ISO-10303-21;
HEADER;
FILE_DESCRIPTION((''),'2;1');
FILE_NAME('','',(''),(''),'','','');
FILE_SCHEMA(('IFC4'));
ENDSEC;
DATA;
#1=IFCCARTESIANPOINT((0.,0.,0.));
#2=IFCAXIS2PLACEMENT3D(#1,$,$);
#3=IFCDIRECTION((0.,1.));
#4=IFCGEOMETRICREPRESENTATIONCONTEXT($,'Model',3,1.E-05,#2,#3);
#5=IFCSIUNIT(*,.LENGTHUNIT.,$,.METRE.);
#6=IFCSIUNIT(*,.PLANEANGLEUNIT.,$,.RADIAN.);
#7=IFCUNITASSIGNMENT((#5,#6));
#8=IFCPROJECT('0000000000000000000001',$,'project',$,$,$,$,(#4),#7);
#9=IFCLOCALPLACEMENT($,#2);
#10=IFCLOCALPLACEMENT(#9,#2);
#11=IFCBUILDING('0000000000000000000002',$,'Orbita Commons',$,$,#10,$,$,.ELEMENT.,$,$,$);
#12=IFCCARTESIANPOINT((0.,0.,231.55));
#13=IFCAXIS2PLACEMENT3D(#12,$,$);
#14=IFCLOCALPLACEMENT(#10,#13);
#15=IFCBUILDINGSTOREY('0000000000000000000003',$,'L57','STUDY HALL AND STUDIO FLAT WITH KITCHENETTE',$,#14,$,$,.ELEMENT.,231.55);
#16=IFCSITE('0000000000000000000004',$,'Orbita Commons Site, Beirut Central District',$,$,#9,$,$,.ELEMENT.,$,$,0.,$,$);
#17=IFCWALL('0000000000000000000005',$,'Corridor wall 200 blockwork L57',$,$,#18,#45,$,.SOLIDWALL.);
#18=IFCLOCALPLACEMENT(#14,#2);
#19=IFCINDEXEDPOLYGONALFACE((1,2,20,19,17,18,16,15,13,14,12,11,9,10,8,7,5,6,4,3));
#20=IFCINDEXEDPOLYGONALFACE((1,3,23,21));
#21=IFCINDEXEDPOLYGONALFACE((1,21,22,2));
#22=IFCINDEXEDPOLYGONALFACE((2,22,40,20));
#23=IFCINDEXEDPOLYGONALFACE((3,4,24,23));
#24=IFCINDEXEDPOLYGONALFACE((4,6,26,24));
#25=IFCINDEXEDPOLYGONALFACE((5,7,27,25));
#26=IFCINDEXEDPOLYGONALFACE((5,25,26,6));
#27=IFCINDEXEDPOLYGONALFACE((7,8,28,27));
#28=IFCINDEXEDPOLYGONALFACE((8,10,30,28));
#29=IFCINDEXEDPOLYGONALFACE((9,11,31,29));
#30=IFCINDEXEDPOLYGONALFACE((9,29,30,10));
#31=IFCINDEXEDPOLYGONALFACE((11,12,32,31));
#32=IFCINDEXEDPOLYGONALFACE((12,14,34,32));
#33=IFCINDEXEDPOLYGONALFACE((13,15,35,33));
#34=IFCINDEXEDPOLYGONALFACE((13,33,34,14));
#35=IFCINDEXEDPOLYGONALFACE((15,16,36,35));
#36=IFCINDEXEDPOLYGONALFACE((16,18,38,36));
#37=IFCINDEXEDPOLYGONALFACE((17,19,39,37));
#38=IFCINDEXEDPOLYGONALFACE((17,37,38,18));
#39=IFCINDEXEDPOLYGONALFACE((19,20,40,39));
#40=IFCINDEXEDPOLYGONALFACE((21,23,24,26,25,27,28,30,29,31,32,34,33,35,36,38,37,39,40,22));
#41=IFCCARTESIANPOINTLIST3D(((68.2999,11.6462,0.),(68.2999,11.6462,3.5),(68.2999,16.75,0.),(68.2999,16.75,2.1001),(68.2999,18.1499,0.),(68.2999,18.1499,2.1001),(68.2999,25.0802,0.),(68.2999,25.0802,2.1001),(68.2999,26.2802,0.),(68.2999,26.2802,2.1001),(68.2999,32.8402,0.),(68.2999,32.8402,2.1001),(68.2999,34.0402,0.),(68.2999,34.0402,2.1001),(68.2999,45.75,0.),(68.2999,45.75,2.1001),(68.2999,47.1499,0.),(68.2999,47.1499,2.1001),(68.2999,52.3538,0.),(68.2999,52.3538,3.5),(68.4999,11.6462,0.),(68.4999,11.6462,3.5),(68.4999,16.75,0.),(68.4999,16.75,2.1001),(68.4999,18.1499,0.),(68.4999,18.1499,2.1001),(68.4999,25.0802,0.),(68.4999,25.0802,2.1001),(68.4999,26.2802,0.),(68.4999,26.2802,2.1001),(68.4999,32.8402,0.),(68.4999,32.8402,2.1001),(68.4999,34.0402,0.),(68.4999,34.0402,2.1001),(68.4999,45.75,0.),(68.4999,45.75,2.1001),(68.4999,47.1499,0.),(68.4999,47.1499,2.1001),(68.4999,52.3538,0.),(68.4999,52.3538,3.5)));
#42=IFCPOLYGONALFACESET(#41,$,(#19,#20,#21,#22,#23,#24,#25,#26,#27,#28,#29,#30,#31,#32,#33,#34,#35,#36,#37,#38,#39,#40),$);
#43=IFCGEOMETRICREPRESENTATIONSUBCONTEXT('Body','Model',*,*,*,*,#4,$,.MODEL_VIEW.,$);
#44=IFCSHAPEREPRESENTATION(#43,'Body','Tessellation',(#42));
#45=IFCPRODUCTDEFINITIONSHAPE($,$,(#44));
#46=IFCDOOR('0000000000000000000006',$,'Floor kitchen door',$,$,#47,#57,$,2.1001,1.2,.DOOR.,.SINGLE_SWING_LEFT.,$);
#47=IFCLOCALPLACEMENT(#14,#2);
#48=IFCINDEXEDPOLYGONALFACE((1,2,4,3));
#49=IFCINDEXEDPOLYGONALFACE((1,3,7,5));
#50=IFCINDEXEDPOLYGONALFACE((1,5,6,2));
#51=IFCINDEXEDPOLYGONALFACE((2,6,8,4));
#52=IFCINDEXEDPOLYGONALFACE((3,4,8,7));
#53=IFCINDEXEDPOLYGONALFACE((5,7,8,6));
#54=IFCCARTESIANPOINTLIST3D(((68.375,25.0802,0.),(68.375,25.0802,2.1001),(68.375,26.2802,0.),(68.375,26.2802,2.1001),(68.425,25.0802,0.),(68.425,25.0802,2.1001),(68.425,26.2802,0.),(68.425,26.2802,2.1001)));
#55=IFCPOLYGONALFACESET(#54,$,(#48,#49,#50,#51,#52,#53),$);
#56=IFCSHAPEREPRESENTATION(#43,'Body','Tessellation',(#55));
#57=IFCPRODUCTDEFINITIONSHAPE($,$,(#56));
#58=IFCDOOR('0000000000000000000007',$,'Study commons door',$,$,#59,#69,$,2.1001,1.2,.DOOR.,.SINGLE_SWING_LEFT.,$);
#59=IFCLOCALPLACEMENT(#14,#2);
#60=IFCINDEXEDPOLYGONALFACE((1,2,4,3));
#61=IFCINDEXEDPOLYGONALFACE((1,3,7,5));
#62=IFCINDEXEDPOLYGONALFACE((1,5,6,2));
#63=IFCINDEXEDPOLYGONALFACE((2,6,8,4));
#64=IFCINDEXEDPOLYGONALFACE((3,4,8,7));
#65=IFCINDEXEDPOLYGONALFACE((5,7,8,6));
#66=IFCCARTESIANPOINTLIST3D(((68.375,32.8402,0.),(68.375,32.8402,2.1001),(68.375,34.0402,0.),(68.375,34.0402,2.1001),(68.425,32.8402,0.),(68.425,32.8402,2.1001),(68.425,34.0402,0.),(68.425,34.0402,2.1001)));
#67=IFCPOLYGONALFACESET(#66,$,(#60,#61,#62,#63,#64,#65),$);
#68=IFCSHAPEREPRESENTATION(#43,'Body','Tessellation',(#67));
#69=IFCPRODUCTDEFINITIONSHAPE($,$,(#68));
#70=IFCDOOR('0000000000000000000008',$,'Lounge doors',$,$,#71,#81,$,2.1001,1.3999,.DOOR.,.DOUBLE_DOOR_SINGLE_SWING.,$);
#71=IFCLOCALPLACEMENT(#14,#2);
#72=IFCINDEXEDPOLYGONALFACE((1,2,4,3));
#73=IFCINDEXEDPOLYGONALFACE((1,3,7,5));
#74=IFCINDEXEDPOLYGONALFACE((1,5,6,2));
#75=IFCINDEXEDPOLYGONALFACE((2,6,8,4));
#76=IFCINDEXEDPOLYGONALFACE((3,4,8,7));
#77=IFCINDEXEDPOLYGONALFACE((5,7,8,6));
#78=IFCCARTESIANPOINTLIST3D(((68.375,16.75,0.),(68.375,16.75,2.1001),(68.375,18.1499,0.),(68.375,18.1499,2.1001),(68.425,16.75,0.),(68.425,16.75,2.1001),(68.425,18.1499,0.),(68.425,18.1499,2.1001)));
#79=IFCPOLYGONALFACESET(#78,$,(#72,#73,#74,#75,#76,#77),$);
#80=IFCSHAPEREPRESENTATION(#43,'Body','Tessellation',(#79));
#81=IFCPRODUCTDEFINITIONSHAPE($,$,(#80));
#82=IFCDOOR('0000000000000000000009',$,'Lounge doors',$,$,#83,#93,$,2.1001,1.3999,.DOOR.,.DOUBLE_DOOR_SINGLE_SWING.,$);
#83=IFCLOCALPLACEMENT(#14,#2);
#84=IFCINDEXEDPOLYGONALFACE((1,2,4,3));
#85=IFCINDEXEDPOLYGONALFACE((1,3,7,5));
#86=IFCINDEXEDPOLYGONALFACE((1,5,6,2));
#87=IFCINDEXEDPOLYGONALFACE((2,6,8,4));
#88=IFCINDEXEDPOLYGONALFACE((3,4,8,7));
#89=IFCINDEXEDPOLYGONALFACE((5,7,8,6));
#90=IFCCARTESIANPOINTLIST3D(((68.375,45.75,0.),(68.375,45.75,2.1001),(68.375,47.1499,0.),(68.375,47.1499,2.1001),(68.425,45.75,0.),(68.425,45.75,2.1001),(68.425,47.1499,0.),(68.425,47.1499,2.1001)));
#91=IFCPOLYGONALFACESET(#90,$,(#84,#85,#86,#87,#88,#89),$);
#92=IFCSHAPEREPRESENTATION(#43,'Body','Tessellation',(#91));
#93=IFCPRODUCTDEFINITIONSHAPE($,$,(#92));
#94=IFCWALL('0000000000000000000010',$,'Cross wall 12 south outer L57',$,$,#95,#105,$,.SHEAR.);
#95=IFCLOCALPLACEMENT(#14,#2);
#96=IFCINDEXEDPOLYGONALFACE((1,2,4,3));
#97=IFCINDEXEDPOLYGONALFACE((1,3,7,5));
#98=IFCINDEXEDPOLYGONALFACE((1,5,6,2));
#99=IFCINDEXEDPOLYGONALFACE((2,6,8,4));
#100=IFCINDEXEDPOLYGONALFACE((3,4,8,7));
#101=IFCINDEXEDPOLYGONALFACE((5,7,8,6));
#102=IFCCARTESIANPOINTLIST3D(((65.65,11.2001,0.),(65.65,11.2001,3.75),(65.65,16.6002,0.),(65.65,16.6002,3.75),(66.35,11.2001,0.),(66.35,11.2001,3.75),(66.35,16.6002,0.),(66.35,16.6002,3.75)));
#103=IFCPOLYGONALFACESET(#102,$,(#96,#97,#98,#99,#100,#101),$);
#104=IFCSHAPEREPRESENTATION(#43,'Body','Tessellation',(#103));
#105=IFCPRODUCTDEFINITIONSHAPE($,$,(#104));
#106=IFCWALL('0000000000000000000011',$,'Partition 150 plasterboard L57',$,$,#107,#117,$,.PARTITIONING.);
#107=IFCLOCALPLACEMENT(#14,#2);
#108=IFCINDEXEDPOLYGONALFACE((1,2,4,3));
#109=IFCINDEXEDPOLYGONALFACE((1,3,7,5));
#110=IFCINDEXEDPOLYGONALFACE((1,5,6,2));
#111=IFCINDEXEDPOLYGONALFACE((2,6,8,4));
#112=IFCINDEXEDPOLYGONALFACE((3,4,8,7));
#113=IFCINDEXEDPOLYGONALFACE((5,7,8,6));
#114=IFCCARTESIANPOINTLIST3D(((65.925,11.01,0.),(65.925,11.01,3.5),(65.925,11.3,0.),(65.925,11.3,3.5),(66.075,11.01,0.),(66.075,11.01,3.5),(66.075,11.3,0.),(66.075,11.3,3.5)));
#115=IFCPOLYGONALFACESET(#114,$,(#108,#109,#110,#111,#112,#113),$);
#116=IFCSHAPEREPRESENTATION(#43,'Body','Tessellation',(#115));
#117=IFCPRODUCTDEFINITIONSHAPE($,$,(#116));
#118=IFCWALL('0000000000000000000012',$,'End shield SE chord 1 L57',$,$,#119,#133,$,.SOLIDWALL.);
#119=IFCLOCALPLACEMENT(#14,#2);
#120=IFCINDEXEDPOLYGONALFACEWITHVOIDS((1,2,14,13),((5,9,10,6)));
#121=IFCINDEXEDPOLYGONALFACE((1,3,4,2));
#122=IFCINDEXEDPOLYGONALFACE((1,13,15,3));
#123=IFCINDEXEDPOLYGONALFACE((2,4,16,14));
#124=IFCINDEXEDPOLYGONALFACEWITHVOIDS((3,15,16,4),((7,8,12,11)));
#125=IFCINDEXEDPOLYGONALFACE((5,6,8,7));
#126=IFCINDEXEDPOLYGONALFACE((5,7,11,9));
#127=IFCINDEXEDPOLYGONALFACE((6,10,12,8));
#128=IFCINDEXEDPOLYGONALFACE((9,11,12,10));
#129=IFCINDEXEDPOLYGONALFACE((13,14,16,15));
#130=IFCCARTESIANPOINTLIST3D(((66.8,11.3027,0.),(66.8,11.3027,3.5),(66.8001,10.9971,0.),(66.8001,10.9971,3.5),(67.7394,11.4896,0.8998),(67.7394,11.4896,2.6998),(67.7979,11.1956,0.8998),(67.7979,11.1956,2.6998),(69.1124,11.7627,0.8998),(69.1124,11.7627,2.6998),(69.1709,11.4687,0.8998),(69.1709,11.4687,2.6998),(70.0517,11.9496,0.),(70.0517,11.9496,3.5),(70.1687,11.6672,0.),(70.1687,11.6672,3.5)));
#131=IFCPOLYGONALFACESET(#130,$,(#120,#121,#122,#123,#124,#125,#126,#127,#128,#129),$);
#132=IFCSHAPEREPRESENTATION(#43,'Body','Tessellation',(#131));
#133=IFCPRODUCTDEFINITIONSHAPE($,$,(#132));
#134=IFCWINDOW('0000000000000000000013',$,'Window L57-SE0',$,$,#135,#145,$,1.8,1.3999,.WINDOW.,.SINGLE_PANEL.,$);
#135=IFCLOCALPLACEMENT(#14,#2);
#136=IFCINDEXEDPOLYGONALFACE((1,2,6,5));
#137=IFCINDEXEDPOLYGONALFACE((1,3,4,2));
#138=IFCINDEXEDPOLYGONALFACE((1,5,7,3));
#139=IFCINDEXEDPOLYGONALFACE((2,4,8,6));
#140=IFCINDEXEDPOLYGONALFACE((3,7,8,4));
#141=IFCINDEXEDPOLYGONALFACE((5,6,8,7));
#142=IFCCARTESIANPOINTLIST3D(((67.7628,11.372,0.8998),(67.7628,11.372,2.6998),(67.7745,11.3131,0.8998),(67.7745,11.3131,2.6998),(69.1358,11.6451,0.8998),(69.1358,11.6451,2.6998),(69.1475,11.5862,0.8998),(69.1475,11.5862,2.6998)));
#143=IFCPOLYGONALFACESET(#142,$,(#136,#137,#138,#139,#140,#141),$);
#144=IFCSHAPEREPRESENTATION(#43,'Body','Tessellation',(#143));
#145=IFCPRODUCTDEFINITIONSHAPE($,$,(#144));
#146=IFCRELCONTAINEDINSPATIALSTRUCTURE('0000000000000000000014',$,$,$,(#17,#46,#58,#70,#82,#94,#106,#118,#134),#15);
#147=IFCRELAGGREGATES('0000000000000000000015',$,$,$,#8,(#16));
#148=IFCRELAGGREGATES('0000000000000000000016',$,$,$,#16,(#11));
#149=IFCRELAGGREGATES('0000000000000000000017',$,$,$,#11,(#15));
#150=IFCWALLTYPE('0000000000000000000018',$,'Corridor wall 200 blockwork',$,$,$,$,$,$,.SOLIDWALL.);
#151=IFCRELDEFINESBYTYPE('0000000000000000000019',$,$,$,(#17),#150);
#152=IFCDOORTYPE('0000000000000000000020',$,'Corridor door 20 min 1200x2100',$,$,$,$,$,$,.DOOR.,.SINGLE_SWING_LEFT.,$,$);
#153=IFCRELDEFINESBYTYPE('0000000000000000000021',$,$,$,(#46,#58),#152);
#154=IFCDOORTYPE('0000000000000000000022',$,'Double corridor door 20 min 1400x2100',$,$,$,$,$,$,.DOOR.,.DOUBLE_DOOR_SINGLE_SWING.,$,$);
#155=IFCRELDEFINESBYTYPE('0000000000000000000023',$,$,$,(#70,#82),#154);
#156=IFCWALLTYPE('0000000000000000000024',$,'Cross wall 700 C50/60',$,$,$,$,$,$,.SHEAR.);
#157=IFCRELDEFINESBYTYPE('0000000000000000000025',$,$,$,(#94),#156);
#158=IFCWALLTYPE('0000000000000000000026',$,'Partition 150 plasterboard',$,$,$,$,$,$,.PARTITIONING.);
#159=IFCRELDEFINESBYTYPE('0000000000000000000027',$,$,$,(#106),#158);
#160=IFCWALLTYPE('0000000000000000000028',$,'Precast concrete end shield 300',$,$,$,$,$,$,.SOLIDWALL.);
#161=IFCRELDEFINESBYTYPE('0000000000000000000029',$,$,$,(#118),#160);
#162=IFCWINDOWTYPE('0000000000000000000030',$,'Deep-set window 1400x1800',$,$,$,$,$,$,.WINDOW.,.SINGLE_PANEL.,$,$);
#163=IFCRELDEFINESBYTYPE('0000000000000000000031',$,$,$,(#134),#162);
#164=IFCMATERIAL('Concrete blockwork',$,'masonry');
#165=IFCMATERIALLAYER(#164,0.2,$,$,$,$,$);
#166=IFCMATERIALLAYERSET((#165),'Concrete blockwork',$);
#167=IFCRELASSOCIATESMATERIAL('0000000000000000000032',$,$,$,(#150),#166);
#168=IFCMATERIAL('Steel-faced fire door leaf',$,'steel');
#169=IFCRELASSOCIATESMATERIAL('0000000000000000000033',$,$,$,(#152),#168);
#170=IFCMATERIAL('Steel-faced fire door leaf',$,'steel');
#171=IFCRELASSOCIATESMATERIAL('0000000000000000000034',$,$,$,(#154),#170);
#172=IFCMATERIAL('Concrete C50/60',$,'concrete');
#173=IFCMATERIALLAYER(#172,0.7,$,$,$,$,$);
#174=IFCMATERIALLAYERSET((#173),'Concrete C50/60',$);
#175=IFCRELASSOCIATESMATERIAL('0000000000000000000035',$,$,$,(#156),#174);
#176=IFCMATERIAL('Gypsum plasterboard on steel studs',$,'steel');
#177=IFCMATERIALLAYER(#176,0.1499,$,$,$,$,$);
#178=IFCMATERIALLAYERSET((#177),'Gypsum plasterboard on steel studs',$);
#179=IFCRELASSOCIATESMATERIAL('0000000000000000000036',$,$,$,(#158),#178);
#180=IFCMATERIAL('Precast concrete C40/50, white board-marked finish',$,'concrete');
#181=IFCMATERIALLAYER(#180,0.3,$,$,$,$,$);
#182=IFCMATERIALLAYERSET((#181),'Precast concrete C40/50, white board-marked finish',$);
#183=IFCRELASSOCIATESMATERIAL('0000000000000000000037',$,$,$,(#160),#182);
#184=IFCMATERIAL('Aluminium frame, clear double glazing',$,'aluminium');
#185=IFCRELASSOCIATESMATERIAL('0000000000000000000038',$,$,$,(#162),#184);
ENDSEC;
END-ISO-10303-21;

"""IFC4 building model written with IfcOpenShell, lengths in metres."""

from ifc_helpers import new_model, si_unit, direction, frame, frame_2d, origin, place, context, subcontext, project, spatial, polyline, rectangle, outline, extrude, material, layer, layer_set, type_object, element, fill, save


model = new_model("IFC4")

# Units and contexts
model_context = context("Model", 3, precision=1e-05, world=origin(), true_north=direction((0.0, 1.0)))
body_context = subcontext(model_context, "Body", "Model", "MODEL_VIEW")
ifc_project = project(units=[si_unit("LENGTHUNIT", "METRE"), si_unit("PLANEANGLEUNIT", "RADIAN")], contexts=[model_context])

# Site, building, storey
site_placement = place(None, origin())
site = spatial("IfcSite", under=ifc_project, at=site_placement, Name="Orbita Commons Site, Beirut Central District", CompositionType="ELEMENT", RefElevation=0.0)
building_placement = place(site_placement, origin())
building = spatial("IfcBuilding", under=site, at=building_placement, Name="Orbita Commons", CompositionType="ELEMENT")
storey_placement = place(building_placement, frame((0.0, 0.0, 231.55)))
storey = spatial("IfcBuildingStorey", under=building, at=storey_placement, Name="L57", Description="STUDY HALL AND STUDIO FLAT WITH KITCHENETTE", CompositionType="ELEMENT", Elevation=231.55)

# Wall, openings, doors
ifc_material_1 = material(Name="Concrete blockwork", Category="masonry")
ifc_layer_1 = layer(ifc_material_1, 0.2)
ifc_layer_set_1 = layer_set([ifc_layer_1], Name="Concrete blockwork")
wall_type_1 = type_object("IfcWallType", Name="Corridor wall 200 blockwork", PredefinedType="SOLIDWALL", material=ifc_layer_set_1)
wall_1_placement = place(storey_placement, frame((68.3999, 11.6462, 0.0), z_axis=(0.0, 0.0, 1.0), x_axis=(0.0, 1.0, 0.0)))
wall_1 = element("IfcWall", 1, at=wall_1_placement, inside=storey, type_object=wall_type_1, Name="Corridor wall 200 blockwork L57", PredefinedType="SOLIDWALL", context=body_context, shape_type="SweptSolid", body=[
    extrude(rectangle(XDim=40.7075, YDim=0.2, at=frame_2d((20.3538, 0.0))), origin(), (0.0, 0.0, 1.0), 3.5),
])
opening_1_placement = place(wall_1_placement, frame((13.4338, 0.0, 0.0)))
opening_1 = element("IfcOpeningElement", 2, at=opening_1_placement, cuts=wall_1, PredefinedType="OPENING", context=body_context, shape_type="SweptSolid", body=[
    extrude(rectangle(XDim=1.2, YDim=2.1001, at=frame_2d((0.6001, 1.05))), frame((0.0, 0.1099, 0.0), z_axis=(0.0, -1.0, 0.0), x_axis=(1.0, 0.0, 0.0)), (0.0, 0.0, 1.0), 0.22),
])
opening_2_placement = place(wall_1_placement, frame((21.1938, 0.0, 0.0)))
opening_2 = element("IfcOpeningElement", 3, at=opening_2_placement, cuts=wall_1, PredefinedType="OPENING", context=body_context, shape_type="SweptSolid", body=[
    extrude(rectangle(XDim=1.2, YDim=2.1001, at=frame_2d((0.6001, 1.05))), frame((0.0, 0.1099, 0.0), z_axis=(0.0, -1.0, 0.0), x_axis=(1.0, 0.0, 0.0)), (0.0, 0.0, 1.0), 0.22),
])
opening_3_placement = place(wall_1_placement, frame((5.1038, 0.0, 0.0)))
opening_3 = element("IfcOpeningElement", 4, at=opening_3_placement, cuts=wall_1, PredefinedType="OPENING", context=body_context, shape_type="SweptSolid", body=[
    extrude(rectangle(XDim=1.3999, YDim=2.1001, at=frame_2d((0.7, 1.05))), frame((0.0, 0.1099, 0.0), z_axis=(0.0, -1.0, 0.0), x_axis=(1.0, 0.0, 0.0)), (0.0, 0.0, 1.0), 0.22),
])
opening_4_placement = place(wall_1_placement, frame((34.1038, 0.0, 0.0)))
opening_4 = element("IfcOpeningElement", 5, at=opening_4_placement, cuts=wall_1, PredefinedType="OPENING", context=body_context, shape_type="SweptSolid", body=[
    extrude(rectangle(XDim=1.3999, YDim=2.1001, at=frame_2d((0.7, 1.05))), frame((0.0, 0.1099, 0.0), z_axis=(0.0, -1.0, 0.0), x_axis=(1.0, 0.0, 0.0)), (0.0, 0.0, 1.0), 0.22),
])
ifc_material_2 = material(Name="Steel-faced fire door leaf", Category="steel")
door_type_1 = type_object("IfcDoorType", Name="Corridor door 20 min 1200x2100", OperationType="SINGLE_SWING_LEFT", PredefinedType="DOOR", material=ifc_material_2)
door_1_placement = place(opening_1_placement, origin())
door_1 = element("IfcDoor", 6, at=door_1_placement, inside=storey, type_object=door_type_1, Name="Floor kitchen door", OperationType="SINGLE_SWING_LEFT", OverallHeight=2.1001, OverallWidth=1.2, PredefinedType="DOOR", context=body_context, shape_type="SweptSolid", body=[
    extrude(rectangle(XDim=1.2, YDim=2.1001, at=frame_2d((0.6001, 1.05))), frame((0.0, 0.0249, 0.0), z_axis=(0.0, -1.0, 0.0), x_axis=(1.0, 0.0, 0.0)), (0.0, 0.0, 1.0), 0.05),
])
fill(opening_1, door_1)
door_2_placement = place(opening_2_placement, origin())
door_2 = element("IfcDoor", 7, at=door_2_placement, inside=storey, type_object=door_type_1, Name="Study commons door", OperationType="SINGLE_SWING_LEFT", OverallHeight=2.1001, OverallWidth=1.2, PredefinedType="DOOR", context=body_context, shape_type="SweptSolid", body=[
    extrude(rectangle(XDim=1.2, YDim=2.1001, at=frame_2d((0.6001, 1.05))), frame((0.0, 0.0249, 0.0), z_axis=(0.0, -1.0, 0.0), x_axis=(1.0, 0.0, 0.0)), (0.0, 0.0, 1.0), 0.05),
])
fill(opening_2, door_2)
ifc_material_3 = material(Name="Steel-faced fire door leaf", Category="steel")
door_type_2 = type_object("IfcDoorType", Name="Double corridor door 20 min 1400x2100", OperationType="DOUBLE_DOOR_SINGLE_SWING", PredefinedType="DOOR", material=ifc_material_3)
door_3_placement = place(opening_3_placement, origin())
door_3 = element("IfcDoor", 8, at=door_3_placement, inside=storey, type_object=door_type_2, Name="Lounge doors", OperationType="DOUBLE_DOOR_SINGLE_SWING", OverallHeight=2.1001, OverallWidth=1.3999, PredefinedType="DOOR", context=body_context, shape_type="SweptSolid", body=[
    extrude(rectangle(XDim=1.3999, YDim=2.1001, at=frame_2d((0.7, 1.05))), frame((0.0, 0.0249, 0.0), z_axis=(0.0, -1.0, 0.0), x_axis=(1.0, 0.0, 0.0)), (0.0, 0.0, 1.0), 0.05),
])
fill(opening_3, door_3)
door_4_placement = place(opening_4_placement, origin())
door_4 = element("IfcDoor", 9, at=door_4_placement, inside=storey, type_object=door_type_2, Name="Lounge doors", OperationType="DOUBLE_DOOR_SINGLE_SWING", OverallHeight=2.1001, OverallWidth=1.3999, PredefinedType="DOOR", context=body_context, shape_type="SweptSolid", body=[
    extrude(rectangle(XDim=1.3999, YDim=2.1001, at=frame_2d((0.7, 1.05))), frame((0.0, 0.0249, 0.0), z_axis=(0.0, -1.0, 0.0), x_axis=(1.0, 0.0, 0.0)), (0.0, 0.0, 1.0), 0.05),
])
fill(opening_4, door_4)

# Walls
ifc_material_4 = material(Name="Concrete C50/60", Category="concrete")
ifc_layer_2 = layer(ifc_material_4, 0.7)
ifc_layer_set_2 = layer_set([ifc_layer_2], Name="Concrete C50/60")
wall_type_2 = type_object("IfcWallType", Name="Cross wall 700 C50/60", PredefinedType="SHEAR", material=ifc_layer_set_2)
wall_2_placement = place(storey_placement, frame((66.0, 11.2, 0.0), z_axis=(0.0, 0.0, 1.0), x_axis=(0.0, 1.0, 0.0)))
element("IfcWall", 10, at=wall_2_placement, inside=storey, type_object=wall_type_2, Name="Cross wall 12 south outer L57", PredefinedType="SHEAR", context=body_context, shape_type="SweptSolid", body=[
    extrude(rectangle(XDim=5.4001, YDim=0.7, at=frame_2d((2.7002, 0.0))), origin(), (0.0, 0.0, 1.0), 3.75),
])
ifc_material_5 = material(Name="Gypsum plasterboard on steel studs", Category="steel")
ifc_layer_3 = layer(ifc_material_5, 0.1499)
ifc_layer_set_3 = layer_set([ifc_layer_3], Name="Gypsum plasterboard on steel studs")
wall_type_3 = type_object("IfcWallType", Name="Partition 150 plasterboard", PredefinedType="PARTITIONING", material=ifc_layer_set_3)
wall_3_placement = place(storey_placement, frame((66.0, 11.3, 0.0), z_axis=(0.0, 0.0, 1.0), x_axis=(0.0, -1.0, 0.0)))
element("IfcWall", 11, at=wall_3_placement, inside=storey, type_object=wall_type_3, Name="Partition 150 plasterboard L57", PredefinedType="PARTITIONING", context=body_context, shape_type="SweptSolid", body=[
    extrude(rectangle(XDim=0.29, YDim=0.1499, at=frame_2d((0.145, 0.0))), origin(), (0.0, 0.0, 1.0), 3.5),
])

# Wall, opening, window
ifc_material_6 = material(Name="Precast concrete C40/50, white board-marked finish", Category="concrete")
ifc_layer_4 = layer(ifc_material_6, 0.3)
ifc_layer_set_4 = layer_set([ifc_layer_4], Name="Precast concrete C40/50, white board-marked finish")
wall_type_4 = type_object("IfcWallType", Name="Precast concrete end shield 300", PredefinedType="SOLIDWALL", material=ifc_layer_set_4)
wall_4_placement = place(storey_placement, frame((66.8, 11.1499, 0.0), z_axis=(0.0, 0.0, 1.0), x_axis=(0.980783, 0.1951, 0.0)))
wall_4 = element("IfcWall", 12, at=wall_4_placement, inside=storey, type_object=wall_type_4, Name="End shield SE chord 1 L57", PredefinedType="SOLIDWALL", context=body_context, shape_type="SweptSolid", body=[
    extrude(outline(polyline([(-0.0298, -0.1499), (3.4048, -0.1499), (3.3452, 0.1499), (0.0298, 0.1499), (-0.0298, -0.1499)])), origin(), (0.0, 0.0, 1.0), 3.5),
])
opening_5_placement = place(wall_4_placement, frame((0.9875, 0.0, 0.8999)))
opening_5 = element("IfcOpeningElement", 13, at=opening_5_placement, cuts=wall_4, PredefinedType="OPENING", context=body_context, shape_type="SweptSolid", body=[
    extrude(rectangle(XDim=1.3999, YDim=1.8, at=frame_2d((0.7, 0.8999))), frame((0.0, 0.1599, 0.0), z_axis=(0.0, -1.0, 0.0), x_axis=(1.0, 0.0, 0.0)), (0.0, 0.0, 1.0), 0.3201),
])
ifc_material_7 = material(Name="Aluminium frame, clear double glazing", Category="aluminium")
window_type = type_object("IfcWindowType", Name="Deep-set window 1400x1800", PartitioningType="SINGLE_PANEL", PredefinedType="WINDOW", material=ifc_material_7)
window_1_placement = place(opening_5_placement, origin())
window_1 = element("IfcWindow", 14, at=window_1_placement, inside=storey, type_object=window_type, Name="Window L57-SE0", OverallHeight=1.8, OverallWidth=1.3999, PartitioningType="SINGLE_PANEL", PredefinedType="WINDOW", context=body_context, shape_type="SweptSolid", body=[
    extrude(rectangle(XDim=1.3999, YDim=1.8, at=frame_2d((0.7, 0.8999))), frame((0.0, 0.03, 0.0), z_axis=(0.0, -1.0, 0.0), x_axis=(1.0, 0.0, 0.0)), (0.0, 0.0, 1.0), 0.0601),
])
fill(opening_5, window_1)

save(model, "model.ifc")
